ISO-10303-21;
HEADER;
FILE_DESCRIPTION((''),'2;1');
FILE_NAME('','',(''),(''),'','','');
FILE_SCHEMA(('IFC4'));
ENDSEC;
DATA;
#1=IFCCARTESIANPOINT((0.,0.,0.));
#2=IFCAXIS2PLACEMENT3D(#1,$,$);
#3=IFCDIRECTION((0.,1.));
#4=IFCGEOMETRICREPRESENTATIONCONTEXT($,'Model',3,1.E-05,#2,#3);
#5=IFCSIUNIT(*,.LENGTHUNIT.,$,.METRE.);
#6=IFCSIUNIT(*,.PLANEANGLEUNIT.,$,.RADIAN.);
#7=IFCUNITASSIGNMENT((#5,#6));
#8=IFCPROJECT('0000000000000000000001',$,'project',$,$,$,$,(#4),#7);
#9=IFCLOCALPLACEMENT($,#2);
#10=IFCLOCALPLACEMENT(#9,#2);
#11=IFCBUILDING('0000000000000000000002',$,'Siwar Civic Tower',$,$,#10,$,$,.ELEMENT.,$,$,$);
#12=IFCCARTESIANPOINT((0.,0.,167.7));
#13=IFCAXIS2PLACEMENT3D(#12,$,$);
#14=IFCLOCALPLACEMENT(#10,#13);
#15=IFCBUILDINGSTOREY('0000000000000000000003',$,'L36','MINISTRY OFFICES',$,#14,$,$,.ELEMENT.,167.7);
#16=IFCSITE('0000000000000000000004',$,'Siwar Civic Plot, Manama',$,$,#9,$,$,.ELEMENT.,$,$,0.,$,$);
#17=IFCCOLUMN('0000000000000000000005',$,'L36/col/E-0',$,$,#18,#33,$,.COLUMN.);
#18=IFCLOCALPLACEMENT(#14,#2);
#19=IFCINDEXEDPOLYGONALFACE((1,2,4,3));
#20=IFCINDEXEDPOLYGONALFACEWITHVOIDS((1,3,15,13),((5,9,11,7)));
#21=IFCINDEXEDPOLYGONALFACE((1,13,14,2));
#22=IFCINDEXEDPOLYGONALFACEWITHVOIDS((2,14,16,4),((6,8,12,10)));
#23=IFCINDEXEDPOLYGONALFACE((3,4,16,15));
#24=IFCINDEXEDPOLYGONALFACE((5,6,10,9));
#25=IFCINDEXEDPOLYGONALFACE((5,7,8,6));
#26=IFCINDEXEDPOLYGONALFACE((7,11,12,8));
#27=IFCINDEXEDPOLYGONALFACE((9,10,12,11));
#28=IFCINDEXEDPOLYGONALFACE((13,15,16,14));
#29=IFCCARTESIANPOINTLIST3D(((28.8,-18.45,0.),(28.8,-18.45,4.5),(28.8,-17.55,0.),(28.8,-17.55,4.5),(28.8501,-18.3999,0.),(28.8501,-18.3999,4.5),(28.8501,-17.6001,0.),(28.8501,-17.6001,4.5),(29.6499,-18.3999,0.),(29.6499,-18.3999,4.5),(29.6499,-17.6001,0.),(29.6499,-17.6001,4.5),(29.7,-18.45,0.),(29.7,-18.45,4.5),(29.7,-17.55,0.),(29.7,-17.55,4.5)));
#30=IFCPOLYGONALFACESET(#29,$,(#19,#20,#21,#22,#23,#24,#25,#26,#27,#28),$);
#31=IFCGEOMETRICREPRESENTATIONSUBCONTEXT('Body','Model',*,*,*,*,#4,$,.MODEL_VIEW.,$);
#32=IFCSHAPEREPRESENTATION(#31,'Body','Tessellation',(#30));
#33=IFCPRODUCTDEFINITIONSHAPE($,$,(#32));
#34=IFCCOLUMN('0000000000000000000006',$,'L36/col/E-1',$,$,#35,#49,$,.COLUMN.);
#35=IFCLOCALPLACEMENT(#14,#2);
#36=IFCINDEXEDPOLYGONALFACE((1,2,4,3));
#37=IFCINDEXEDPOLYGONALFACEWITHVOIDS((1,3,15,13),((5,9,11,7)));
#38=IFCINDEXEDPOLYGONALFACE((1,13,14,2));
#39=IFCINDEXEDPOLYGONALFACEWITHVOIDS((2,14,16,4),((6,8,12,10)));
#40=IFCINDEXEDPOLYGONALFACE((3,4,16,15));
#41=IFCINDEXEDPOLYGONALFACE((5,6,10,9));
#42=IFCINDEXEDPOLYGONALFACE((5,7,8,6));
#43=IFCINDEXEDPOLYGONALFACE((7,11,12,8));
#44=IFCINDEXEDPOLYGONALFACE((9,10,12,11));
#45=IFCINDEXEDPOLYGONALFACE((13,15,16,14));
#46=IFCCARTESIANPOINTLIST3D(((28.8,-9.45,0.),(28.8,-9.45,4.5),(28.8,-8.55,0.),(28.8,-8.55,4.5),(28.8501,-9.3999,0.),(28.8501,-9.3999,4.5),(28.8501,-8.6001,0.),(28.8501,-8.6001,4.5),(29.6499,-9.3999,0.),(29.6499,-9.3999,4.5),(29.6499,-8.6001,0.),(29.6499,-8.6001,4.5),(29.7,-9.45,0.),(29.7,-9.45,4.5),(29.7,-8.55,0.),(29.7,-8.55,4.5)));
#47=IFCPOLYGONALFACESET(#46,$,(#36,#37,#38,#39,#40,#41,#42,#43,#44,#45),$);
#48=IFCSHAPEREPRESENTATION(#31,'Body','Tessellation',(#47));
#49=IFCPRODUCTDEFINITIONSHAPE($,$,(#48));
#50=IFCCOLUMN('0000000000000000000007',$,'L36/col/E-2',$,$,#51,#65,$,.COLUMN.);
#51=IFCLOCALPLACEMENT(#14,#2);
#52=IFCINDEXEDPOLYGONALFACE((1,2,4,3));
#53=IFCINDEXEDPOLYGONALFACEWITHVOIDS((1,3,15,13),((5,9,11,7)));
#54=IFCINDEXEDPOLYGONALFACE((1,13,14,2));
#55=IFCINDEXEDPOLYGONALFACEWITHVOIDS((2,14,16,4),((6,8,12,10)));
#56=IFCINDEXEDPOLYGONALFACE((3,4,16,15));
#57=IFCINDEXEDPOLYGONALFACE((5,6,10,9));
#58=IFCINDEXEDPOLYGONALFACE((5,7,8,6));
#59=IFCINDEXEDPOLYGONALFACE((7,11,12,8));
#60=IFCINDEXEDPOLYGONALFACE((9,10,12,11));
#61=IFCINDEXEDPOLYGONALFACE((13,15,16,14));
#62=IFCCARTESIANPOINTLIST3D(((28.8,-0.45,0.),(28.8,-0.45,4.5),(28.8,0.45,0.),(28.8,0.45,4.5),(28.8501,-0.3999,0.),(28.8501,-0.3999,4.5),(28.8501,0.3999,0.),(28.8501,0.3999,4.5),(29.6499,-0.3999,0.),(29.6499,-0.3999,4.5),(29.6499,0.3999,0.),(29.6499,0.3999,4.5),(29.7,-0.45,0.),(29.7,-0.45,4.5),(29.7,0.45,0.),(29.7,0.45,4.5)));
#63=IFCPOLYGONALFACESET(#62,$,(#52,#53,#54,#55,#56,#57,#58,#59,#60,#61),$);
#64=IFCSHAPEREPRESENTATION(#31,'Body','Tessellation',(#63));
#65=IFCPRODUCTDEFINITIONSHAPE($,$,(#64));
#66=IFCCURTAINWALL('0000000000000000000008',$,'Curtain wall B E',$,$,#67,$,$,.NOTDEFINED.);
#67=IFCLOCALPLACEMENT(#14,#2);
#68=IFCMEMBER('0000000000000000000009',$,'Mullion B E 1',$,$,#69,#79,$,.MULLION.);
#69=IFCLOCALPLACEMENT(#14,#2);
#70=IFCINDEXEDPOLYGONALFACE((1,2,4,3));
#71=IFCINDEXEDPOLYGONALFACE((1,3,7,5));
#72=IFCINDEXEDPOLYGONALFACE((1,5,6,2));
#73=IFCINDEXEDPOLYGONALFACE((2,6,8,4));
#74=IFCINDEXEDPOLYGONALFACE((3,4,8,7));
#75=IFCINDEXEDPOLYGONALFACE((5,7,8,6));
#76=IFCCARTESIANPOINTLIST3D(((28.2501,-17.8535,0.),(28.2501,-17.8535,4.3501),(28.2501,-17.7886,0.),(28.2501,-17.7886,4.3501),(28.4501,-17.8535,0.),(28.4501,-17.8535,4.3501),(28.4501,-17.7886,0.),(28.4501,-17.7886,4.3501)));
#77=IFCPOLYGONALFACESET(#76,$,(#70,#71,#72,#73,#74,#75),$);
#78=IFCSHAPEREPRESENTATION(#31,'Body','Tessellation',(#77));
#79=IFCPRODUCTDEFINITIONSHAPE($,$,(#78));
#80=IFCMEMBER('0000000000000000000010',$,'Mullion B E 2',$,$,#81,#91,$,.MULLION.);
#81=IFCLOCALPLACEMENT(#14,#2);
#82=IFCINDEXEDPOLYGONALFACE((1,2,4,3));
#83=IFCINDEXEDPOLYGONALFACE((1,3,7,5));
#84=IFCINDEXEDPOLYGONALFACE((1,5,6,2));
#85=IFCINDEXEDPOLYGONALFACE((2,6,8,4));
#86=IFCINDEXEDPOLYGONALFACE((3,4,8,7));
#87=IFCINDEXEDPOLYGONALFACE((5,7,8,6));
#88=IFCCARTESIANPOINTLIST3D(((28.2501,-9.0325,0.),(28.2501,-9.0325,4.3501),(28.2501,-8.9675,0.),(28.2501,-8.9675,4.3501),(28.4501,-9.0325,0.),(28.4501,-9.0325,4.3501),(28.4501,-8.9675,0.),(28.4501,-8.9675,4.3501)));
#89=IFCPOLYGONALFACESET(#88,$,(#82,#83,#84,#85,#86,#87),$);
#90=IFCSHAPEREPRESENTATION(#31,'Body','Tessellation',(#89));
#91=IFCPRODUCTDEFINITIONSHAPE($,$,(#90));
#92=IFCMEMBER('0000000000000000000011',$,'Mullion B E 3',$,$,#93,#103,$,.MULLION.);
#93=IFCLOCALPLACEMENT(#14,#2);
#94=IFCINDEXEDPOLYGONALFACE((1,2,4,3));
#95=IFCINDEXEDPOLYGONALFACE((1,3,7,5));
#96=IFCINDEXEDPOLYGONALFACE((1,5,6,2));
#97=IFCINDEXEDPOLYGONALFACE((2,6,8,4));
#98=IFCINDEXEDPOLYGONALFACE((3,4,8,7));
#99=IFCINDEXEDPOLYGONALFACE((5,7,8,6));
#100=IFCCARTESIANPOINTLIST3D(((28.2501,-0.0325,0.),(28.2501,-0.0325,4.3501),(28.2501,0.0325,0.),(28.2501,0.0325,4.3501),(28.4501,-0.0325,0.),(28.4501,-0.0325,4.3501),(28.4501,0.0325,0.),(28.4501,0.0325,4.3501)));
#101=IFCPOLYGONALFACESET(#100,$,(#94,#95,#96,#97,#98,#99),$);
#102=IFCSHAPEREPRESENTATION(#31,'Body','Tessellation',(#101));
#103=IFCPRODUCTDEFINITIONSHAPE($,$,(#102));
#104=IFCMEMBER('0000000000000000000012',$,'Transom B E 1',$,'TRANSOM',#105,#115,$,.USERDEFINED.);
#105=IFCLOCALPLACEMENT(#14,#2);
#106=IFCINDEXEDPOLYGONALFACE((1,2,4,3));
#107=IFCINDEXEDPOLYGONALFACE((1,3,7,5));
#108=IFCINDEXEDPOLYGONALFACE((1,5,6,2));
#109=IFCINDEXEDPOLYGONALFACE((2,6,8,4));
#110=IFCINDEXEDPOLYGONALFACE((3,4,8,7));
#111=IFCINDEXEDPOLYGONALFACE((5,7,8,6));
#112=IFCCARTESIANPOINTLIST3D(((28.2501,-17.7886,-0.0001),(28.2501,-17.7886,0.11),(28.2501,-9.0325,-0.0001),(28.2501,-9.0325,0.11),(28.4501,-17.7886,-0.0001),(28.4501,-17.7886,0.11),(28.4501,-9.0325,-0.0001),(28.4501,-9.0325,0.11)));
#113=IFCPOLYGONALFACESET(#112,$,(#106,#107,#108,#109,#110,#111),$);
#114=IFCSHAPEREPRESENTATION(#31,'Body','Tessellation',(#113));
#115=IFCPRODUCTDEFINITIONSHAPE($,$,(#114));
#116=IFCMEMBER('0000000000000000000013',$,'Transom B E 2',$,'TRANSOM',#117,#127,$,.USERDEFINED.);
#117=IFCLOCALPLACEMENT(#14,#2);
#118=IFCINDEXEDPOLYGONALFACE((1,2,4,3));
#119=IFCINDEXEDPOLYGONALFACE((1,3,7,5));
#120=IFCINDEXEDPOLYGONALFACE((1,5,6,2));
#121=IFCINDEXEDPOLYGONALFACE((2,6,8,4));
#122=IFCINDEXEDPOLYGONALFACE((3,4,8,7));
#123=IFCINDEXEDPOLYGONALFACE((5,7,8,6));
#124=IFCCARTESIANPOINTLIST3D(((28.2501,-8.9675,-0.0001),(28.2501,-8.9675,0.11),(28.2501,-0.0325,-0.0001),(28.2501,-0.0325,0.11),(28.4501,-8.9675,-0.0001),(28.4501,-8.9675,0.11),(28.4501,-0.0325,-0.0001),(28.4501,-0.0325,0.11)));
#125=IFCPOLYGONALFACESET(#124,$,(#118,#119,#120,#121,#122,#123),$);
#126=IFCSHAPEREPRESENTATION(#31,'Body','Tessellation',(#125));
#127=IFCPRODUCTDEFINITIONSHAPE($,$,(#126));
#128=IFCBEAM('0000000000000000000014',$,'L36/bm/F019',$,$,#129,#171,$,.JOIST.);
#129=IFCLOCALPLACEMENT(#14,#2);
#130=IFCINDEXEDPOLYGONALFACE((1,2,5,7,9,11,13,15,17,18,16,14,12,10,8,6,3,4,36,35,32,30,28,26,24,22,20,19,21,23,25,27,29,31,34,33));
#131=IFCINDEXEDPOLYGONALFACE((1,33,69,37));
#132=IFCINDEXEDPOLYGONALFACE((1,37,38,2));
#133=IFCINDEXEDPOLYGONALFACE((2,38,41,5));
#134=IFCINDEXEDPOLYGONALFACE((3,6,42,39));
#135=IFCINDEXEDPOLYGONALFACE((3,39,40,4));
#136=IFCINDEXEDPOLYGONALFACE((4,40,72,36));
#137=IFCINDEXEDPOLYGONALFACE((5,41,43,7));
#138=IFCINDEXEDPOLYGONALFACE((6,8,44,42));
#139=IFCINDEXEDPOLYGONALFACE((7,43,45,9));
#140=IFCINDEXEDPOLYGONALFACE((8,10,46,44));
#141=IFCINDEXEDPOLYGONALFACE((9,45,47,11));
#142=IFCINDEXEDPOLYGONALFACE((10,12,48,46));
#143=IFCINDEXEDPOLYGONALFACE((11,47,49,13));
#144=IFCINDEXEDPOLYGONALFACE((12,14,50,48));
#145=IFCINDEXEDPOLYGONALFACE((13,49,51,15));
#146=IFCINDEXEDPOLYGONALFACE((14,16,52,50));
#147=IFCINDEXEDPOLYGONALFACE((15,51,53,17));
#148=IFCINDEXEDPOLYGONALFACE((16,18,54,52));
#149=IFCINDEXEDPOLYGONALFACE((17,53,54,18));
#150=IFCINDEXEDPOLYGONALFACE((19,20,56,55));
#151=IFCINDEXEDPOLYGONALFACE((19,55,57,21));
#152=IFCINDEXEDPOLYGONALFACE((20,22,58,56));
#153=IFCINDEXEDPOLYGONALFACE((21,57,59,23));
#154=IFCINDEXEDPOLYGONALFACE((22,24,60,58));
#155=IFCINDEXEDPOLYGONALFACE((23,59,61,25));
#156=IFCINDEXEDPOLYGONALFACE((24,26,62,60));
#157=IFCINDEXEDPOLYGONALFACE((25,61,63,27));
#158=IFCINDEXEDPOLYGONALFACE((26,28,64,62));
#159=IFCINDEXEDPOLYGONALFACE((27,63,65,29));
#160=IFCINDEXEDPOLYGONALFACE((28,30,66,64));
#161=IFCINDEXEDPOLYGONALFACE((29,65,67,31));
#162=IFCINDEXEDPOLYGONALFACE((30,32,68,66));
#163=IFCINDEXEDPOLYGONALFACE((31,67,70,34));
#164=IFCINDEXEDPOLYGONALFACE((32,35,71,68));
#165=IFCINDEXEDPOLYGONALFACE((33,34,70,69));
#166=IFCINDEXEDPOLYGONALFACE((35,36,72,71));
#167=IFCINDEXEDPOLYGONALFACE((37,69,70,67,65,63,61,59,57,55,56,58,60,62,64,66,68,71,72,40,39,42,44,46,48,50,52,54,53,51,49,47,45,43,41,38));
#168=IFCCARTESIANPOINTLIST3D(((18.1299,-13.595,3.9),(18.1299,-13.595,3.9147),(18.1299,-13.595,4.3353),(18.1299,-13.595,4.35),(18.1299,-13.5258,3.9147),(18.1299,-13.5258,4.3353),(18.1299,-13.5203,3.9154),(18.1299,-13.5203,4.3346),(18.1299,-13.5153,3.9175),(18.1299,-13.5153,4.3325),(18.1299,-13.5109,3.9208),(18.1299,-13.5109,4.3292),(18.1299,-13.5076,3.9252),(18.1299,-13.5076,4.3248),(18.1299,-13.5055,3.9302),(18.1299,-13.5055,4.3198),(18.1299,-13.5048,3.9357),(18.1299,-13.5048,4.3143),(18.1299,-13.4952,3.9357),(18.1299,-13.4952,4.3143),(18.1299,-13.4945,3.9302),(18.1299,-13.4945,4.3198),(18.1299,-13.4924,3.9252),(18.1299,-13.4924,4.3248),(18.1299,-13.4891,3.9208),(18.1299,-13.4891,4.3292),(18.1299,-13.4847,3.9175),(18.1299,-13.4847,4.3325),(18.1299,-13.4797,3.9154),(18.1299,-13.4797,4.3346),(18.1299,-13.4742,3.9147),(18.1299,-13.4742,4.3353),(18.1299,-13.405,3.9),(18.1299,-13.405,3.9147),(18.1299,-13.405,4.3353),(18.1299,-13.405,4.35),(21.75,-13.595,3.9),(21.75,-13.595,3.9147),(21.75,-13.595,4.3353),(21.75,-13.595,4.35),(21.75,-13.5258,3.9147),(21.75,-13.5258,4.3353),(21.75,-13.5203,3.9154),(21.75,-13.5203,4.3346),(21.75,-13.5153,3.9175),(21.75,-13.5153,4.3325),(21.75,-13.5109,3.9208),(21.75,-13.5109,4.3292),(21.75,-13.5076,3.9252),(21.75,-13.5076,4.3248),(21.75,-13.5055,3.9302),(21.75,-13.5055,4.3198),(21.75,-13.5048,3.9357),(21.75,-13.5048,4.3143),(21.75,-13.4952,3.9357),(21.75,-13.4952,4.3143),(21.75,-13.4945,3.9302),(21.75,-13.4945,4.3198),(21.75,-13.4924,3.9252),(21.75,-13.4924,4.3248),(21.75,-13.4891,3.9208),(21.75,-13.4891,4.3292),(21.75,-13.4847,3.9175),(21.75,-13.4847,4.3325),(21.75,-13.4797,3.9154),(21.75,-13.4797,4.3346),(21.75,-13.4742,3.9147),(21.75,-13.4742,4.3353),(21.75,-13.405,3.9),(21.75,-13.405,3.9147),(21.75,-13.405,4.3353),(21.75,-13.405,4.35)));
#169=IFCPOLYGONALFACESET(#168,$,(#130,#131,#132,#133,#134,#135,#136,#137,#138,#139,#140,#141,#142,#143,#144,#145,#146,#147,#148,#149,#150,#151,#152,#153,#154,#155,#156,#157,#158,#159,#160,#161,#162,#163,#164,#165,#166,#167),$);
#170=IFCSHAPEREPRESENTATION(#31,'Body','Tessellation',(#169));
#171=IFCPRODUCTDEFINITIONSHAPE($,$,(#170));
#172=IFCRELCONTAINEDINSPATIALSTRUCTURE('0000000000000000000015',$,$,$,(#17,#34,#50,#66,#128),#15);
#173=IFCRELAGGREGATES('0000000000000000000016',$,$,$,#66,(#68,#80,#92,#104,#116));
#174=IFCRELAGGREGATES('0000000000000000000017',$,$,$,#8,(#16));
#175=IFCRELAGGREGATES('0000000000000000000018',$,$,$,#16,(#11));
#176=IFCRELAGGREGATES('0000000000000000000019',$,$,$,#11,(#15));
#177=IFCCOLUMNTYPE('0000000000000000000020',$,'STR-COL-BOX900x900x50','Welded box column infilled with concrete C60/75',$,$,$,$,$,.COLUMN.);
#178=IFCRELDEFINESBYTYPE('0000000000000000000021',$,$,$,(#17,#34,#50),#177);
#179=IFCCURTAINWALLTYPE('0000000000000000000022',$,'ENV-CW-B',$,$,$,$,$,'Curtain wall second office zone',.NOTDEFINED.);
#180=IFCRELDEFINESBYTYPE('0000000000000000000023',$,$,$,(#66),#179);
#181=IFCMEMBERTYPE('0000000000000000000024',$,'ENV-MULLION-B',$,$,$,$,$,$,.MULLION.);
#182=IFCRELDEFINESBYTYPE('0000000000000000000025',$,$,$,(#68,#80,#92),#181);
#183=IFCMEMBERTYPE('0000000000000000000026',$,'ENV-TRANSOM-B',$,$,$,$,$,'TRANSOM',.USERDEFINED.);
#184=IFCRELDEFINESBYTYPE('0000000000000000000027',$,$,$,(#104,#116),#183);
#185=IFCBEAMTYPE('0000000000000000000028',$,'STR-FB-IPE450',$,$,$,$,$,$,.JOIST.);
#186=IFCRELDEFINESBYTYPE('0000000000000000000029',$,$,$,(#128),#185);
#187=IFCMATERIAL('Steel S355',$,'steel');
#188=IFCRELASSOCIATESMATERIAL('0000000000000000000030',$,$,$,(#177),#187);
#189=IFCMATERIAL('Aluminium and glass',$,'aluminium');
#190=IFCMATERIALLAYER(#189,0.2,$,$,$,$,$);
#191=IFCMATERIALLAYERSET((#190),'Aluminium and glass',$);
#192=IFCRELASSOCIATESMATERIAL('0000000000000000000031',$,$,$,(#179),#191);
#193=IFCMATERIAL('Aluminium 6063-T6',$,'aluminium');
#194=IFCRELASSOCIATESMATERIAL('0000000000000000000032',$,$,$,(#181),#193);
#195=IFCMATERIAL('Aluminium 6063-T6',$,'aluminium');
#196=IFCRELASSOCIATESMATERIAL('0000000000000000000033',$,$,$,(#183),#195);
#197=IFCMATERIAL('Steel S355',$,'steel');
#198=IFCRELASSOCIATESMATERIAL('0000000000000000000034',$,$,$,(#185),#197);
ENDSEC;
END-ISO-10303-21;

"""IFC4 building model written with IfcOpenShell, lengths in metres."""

from ifc_helpers import new_model, si_unit, direction, frame, origin, origin_2d, place, context, subcontext, project, spatial, rectangle, hollow_rectangle, i_section, extrude, material, layer, layer_set, material_profile, profile_set, type_object, element, aggregate, save


model = new_model("IFC4")

# Units and contexts
model_context = context("Model", 3, precision=1e-05, world=origin(), true_north=direction((0.0, 1.0)))
body_context = subcontext(model_context, "Body", "Model", "MODEL_VIEW")
ifc_project = project(units=[si_unit("LENGTHUNIT", "METRE"), si_unit("PLANEANGLEUNIT", "RADIAN")], contexts=[model_context])

# Site, building, storey
site_placement = place(None, origin())
site = spatial("IfcSite", under=ifc_project, at=site_placement, Name="Siwar Civic Plot, Manama", CompositionType="ELEMENT", RefElevation=0.0)
building_placement = place(site_placement, origin())
building = spatial("IfcBuilding", under=site, at=building_placement, Name="Siwar Civic Tower", CompositionType="ELEMENT")
storey_placement = place(building_placement, frame((0.0, 0.0, 167.7)))
storey = spatial("IfcBuildingStorey", under=building, at=storey_placement, Name="L36", Description="MINISTRY OFFICES", CompositionType="ELEMENT", Elevation=167.7)

# Columns
ifc_material_1 = material(Name="Steel S355", Category="steel")
ifc_material_profile_1 = material_profile(ifc_material_1, hollow_rectangle(XDim=0.8999, YDim=0.8999, WallThickness=0.05, at=origin_2d()), Name="BOX900x900x50")
ifc_profile_set_1 = profile_set([ifc_material_profile_1], Name="Steel S355")
column_type = type_object("IfcColumnType", Name="STR-COL-BOX900x900x50", Description="Welded box column infilled with concrete C60/75", PredefinedType="COLUMN", material=ifc_profile_set_1)
for number, where, z_axis, x_axis, name in (
    (1, (29.25, -18.0, 0.0), (0.0, 0.0, 1.0), (1.0, 0.0, 0.0), "L36/col/E-0"),
    (2, (29.25, -9.0, 0.0), (0.0, 0.0, 1.0), (1.0, 0.0, 0.0), "L36/col/E-1"),
    (3, (29.25, 0.0, 0.0), (0.0, 0.0, 1.0), (1.0, 0.0, 0.0), "L36/col/E-2"),
):
    element("IfcColumn", number, at=place(storey_placement, frame(where, z_axis=z_axis, x_axis=x_axis)), inside=storey, type_object=column_type, Name=name, PredefinedType="COLUMN", context=body_context, shape_type="SweptSolid", body=[
        extrude(hollow_rectangle(XDim=0.8999, YDim=0.8999, WallThickness=0.05, at=origin_2d()), origin(), (0.0, 0.0, 1.0), 4.5),
    ])

# Curtain wall, members
ifc_material_2 = material(Name="Aluminium and glass", Category="aluminium")
ifc_layer_1 = layer(ifc_material_2, 0.2)
ifc_layer_set_1 = layer_set([ifc_layer_1], Name="Aluminium and glass")
curtain_wall_type = type_object("IfcCurtainWallType", Name="ENV-CW-B", ElementType="Curtain wall second office zone", PredefinedType="NOTDEFINED", material=ifc_layer_set_1)
curtain_wall_placement = place(storey_placement, origin())
curtain_wall = element("IfcCurtainWall", 4, at=curtain_wall_placement, inside=storey, type_object=curtain_wall_type, Name="Curtain wall B E", PredefinedType="NOTDEFINED")
ifc_material_3 = material(Name="Aluminium 6063-T6", Category="aluminium")
ifc_material_profile_2 = material_profile(ifc_material_3, rectangle(XDim=0.2, YDim=0.0649, at=origin_2d()), Name="AL 200x65")
ifc_profile_set_2 = profile_set([ifc_material_profile_2], Name="Aluminium 6063-T6")
member_type_1 = type_object("IfcMemberType", Name="ENV-MULLION-B", PredefinedType="MULLION", material=ifc_profile_set_2)
member_1_placement = place(storey_placement, frame((28.3501, -17.821, 0.0), z_axis=(0.0, 0.0, 1.0), x_axis=(-1.0, 0.0, 0.0)))
member_1 = element("IfcMember", 5, at=member_1_placement, type_object=member_type_1, Name="Mullion B E 1", PredefinedType="MULLION", context=body_context, shape_type="SweptSolid", body=[
    extrude(rectangle(XDim=0.2, YDim=0.0649, at=origin_2d()), origin(), (0.0, 0.0, 1.0), 4.3501),
])
member_2_placement = place(storey_placement, frame((28.3501, -9.0, 0.0), z_axis=(0.0, 0.0, 1.0), x_axis=(-1.0, 0.0, 0.0)))
member_2 = element("IfcMember", 6, at=member_2_placement, type_object=member_type_1, Name="Mullion B E 2", PredefinedType="MULLION", context=body_context, shape_type="SweptSolid", body=[
    extrude(rectangle(XDim=0.2, YDim=0.0649, at=origin_2d()), origin(), (0.0, 0.0, 1.0), 4.3501),
])
member_3_placement = place(storey_placement, frame((28.3501, 0.0, 0.0), z_axis=(0.0, 0.0, 1.0), x_axis=(-1.0, 0.0, 0.0)))
member_3 = element("IfcMember", 7, at=member_3_placement, type_object=member_type_1, Name="Mullion B E 3", PredefinedType="MULLION", context=body_context, shape_type="SweptSolid", body=[
    extrude(rectangle(XDim=0.2, YDim=0.0649, at=origin_2d()), origin(), (0.0, 0.0, 1.0), 4.3501),
])
ifc_material_4 = material(Name="Aluminium 6063-T6", Category="aluminium")
ifc_material_profile_3 = material_profile(ifc_material_4, rectangle(XDim=0.2, YDim=0.1101, at=origin_2d()), Name="AL 200x110")
ifc_profile_set_3 = profile_set([ifc_material_profile_3], Name="Aluminium 6063-T6")
member_type_2 = type_object("IfcMemberType", Name="ENV-TRANSOM-B", ElementType="TRANSOM", PredefinedType="USERDEFINED", material=ifc_profile_set_3)
member_4_placement = place(storey_placement, frame((28.3501, -17.7886, 0.0549), z_axis=(0.0, 1.0, 0.0), x_axis=(-1.0, 0.0, 0.0)))
member_4 = element("IfcMember", 8, at=member_4_placement, type_object=member_type_2, Name="Transom B E 1", ObjectType="TRANSOM", PredefinedType="USERDEFINED", context=body_context, shape_type="SweptSolid", body=[
    extrude(rectangle(XDim=0.2, YDim=0.1101, at=origin_2d()), origin(), (0.0, 0.0, 1.0), 8.7561),
])
member_5_placement = place(storey_placement, frame((28.3501, -8.9675, 0.0549), z_axis=(0.0, 1.0, 0.0), x_axis=(-1.0, 0.0, 0.0)))
member_5 = element("IfcMember", 9, at=member_5_placement, type_object=member_type_2, Name="Transom B E 2", ObjectType="TRANSOM", PredefinedType="USERDEFINED", context=body_context, shape_type="SweptSolid", body=[
    extrude(rectangle(XDim=0.2, YDim=0.1101, at=origin_2d()), origin(), (0.0, 0.0, 1.0), 8.9351),
])

# Beam
ifc_material_5 = material(Name="Steel S355", Category="steel")
ifc_material_profile_4 = material_profile(ifc_material_5, i_section(OverallWidth=0.1899, OverallDepth=0.45, WebThickness=0.0095, FlangeThickness=0.0146, FilletRadius=0.021, at=origin_2d()), Name="IPE450")
ifc_profile_set_4 = profile_set([ifc_material_profile_4], Name="Steel S355")
beam_type_1 = type_object("IfcBeamType", Name="STR-FB-IPE450", PredefinedType="JOIST", material=ifc_profile_set_4)
beam_placement = place(storey_placement, frame((18.1299, -13.5, 4.125), z_axis=(1.0, 0.0, 0.0), x_axis=(0.0, 1.0, 0.0)))
element("IfcBeam", 10, at=beam_placement, inside=storey, type_object=beam_type_1, Name="L36/bm/F019", PredefinedType="JOIST", context=body_context, shape_type="SweptSolid", body=[
    extrude(i_section(OverallWidth=0.1899, OverallDepth=0.45, WebThickness=0.0095, FlangeThickness=0.0146, FilletRadius=0.021, at=origin_2d()), origin(), (0.0, 0.0, 1.0), 3.6201),
])

aggregate(curtain_wall, [member_1, member_2, member_3, member_4, member_5])

save(model, "model.ifc")
